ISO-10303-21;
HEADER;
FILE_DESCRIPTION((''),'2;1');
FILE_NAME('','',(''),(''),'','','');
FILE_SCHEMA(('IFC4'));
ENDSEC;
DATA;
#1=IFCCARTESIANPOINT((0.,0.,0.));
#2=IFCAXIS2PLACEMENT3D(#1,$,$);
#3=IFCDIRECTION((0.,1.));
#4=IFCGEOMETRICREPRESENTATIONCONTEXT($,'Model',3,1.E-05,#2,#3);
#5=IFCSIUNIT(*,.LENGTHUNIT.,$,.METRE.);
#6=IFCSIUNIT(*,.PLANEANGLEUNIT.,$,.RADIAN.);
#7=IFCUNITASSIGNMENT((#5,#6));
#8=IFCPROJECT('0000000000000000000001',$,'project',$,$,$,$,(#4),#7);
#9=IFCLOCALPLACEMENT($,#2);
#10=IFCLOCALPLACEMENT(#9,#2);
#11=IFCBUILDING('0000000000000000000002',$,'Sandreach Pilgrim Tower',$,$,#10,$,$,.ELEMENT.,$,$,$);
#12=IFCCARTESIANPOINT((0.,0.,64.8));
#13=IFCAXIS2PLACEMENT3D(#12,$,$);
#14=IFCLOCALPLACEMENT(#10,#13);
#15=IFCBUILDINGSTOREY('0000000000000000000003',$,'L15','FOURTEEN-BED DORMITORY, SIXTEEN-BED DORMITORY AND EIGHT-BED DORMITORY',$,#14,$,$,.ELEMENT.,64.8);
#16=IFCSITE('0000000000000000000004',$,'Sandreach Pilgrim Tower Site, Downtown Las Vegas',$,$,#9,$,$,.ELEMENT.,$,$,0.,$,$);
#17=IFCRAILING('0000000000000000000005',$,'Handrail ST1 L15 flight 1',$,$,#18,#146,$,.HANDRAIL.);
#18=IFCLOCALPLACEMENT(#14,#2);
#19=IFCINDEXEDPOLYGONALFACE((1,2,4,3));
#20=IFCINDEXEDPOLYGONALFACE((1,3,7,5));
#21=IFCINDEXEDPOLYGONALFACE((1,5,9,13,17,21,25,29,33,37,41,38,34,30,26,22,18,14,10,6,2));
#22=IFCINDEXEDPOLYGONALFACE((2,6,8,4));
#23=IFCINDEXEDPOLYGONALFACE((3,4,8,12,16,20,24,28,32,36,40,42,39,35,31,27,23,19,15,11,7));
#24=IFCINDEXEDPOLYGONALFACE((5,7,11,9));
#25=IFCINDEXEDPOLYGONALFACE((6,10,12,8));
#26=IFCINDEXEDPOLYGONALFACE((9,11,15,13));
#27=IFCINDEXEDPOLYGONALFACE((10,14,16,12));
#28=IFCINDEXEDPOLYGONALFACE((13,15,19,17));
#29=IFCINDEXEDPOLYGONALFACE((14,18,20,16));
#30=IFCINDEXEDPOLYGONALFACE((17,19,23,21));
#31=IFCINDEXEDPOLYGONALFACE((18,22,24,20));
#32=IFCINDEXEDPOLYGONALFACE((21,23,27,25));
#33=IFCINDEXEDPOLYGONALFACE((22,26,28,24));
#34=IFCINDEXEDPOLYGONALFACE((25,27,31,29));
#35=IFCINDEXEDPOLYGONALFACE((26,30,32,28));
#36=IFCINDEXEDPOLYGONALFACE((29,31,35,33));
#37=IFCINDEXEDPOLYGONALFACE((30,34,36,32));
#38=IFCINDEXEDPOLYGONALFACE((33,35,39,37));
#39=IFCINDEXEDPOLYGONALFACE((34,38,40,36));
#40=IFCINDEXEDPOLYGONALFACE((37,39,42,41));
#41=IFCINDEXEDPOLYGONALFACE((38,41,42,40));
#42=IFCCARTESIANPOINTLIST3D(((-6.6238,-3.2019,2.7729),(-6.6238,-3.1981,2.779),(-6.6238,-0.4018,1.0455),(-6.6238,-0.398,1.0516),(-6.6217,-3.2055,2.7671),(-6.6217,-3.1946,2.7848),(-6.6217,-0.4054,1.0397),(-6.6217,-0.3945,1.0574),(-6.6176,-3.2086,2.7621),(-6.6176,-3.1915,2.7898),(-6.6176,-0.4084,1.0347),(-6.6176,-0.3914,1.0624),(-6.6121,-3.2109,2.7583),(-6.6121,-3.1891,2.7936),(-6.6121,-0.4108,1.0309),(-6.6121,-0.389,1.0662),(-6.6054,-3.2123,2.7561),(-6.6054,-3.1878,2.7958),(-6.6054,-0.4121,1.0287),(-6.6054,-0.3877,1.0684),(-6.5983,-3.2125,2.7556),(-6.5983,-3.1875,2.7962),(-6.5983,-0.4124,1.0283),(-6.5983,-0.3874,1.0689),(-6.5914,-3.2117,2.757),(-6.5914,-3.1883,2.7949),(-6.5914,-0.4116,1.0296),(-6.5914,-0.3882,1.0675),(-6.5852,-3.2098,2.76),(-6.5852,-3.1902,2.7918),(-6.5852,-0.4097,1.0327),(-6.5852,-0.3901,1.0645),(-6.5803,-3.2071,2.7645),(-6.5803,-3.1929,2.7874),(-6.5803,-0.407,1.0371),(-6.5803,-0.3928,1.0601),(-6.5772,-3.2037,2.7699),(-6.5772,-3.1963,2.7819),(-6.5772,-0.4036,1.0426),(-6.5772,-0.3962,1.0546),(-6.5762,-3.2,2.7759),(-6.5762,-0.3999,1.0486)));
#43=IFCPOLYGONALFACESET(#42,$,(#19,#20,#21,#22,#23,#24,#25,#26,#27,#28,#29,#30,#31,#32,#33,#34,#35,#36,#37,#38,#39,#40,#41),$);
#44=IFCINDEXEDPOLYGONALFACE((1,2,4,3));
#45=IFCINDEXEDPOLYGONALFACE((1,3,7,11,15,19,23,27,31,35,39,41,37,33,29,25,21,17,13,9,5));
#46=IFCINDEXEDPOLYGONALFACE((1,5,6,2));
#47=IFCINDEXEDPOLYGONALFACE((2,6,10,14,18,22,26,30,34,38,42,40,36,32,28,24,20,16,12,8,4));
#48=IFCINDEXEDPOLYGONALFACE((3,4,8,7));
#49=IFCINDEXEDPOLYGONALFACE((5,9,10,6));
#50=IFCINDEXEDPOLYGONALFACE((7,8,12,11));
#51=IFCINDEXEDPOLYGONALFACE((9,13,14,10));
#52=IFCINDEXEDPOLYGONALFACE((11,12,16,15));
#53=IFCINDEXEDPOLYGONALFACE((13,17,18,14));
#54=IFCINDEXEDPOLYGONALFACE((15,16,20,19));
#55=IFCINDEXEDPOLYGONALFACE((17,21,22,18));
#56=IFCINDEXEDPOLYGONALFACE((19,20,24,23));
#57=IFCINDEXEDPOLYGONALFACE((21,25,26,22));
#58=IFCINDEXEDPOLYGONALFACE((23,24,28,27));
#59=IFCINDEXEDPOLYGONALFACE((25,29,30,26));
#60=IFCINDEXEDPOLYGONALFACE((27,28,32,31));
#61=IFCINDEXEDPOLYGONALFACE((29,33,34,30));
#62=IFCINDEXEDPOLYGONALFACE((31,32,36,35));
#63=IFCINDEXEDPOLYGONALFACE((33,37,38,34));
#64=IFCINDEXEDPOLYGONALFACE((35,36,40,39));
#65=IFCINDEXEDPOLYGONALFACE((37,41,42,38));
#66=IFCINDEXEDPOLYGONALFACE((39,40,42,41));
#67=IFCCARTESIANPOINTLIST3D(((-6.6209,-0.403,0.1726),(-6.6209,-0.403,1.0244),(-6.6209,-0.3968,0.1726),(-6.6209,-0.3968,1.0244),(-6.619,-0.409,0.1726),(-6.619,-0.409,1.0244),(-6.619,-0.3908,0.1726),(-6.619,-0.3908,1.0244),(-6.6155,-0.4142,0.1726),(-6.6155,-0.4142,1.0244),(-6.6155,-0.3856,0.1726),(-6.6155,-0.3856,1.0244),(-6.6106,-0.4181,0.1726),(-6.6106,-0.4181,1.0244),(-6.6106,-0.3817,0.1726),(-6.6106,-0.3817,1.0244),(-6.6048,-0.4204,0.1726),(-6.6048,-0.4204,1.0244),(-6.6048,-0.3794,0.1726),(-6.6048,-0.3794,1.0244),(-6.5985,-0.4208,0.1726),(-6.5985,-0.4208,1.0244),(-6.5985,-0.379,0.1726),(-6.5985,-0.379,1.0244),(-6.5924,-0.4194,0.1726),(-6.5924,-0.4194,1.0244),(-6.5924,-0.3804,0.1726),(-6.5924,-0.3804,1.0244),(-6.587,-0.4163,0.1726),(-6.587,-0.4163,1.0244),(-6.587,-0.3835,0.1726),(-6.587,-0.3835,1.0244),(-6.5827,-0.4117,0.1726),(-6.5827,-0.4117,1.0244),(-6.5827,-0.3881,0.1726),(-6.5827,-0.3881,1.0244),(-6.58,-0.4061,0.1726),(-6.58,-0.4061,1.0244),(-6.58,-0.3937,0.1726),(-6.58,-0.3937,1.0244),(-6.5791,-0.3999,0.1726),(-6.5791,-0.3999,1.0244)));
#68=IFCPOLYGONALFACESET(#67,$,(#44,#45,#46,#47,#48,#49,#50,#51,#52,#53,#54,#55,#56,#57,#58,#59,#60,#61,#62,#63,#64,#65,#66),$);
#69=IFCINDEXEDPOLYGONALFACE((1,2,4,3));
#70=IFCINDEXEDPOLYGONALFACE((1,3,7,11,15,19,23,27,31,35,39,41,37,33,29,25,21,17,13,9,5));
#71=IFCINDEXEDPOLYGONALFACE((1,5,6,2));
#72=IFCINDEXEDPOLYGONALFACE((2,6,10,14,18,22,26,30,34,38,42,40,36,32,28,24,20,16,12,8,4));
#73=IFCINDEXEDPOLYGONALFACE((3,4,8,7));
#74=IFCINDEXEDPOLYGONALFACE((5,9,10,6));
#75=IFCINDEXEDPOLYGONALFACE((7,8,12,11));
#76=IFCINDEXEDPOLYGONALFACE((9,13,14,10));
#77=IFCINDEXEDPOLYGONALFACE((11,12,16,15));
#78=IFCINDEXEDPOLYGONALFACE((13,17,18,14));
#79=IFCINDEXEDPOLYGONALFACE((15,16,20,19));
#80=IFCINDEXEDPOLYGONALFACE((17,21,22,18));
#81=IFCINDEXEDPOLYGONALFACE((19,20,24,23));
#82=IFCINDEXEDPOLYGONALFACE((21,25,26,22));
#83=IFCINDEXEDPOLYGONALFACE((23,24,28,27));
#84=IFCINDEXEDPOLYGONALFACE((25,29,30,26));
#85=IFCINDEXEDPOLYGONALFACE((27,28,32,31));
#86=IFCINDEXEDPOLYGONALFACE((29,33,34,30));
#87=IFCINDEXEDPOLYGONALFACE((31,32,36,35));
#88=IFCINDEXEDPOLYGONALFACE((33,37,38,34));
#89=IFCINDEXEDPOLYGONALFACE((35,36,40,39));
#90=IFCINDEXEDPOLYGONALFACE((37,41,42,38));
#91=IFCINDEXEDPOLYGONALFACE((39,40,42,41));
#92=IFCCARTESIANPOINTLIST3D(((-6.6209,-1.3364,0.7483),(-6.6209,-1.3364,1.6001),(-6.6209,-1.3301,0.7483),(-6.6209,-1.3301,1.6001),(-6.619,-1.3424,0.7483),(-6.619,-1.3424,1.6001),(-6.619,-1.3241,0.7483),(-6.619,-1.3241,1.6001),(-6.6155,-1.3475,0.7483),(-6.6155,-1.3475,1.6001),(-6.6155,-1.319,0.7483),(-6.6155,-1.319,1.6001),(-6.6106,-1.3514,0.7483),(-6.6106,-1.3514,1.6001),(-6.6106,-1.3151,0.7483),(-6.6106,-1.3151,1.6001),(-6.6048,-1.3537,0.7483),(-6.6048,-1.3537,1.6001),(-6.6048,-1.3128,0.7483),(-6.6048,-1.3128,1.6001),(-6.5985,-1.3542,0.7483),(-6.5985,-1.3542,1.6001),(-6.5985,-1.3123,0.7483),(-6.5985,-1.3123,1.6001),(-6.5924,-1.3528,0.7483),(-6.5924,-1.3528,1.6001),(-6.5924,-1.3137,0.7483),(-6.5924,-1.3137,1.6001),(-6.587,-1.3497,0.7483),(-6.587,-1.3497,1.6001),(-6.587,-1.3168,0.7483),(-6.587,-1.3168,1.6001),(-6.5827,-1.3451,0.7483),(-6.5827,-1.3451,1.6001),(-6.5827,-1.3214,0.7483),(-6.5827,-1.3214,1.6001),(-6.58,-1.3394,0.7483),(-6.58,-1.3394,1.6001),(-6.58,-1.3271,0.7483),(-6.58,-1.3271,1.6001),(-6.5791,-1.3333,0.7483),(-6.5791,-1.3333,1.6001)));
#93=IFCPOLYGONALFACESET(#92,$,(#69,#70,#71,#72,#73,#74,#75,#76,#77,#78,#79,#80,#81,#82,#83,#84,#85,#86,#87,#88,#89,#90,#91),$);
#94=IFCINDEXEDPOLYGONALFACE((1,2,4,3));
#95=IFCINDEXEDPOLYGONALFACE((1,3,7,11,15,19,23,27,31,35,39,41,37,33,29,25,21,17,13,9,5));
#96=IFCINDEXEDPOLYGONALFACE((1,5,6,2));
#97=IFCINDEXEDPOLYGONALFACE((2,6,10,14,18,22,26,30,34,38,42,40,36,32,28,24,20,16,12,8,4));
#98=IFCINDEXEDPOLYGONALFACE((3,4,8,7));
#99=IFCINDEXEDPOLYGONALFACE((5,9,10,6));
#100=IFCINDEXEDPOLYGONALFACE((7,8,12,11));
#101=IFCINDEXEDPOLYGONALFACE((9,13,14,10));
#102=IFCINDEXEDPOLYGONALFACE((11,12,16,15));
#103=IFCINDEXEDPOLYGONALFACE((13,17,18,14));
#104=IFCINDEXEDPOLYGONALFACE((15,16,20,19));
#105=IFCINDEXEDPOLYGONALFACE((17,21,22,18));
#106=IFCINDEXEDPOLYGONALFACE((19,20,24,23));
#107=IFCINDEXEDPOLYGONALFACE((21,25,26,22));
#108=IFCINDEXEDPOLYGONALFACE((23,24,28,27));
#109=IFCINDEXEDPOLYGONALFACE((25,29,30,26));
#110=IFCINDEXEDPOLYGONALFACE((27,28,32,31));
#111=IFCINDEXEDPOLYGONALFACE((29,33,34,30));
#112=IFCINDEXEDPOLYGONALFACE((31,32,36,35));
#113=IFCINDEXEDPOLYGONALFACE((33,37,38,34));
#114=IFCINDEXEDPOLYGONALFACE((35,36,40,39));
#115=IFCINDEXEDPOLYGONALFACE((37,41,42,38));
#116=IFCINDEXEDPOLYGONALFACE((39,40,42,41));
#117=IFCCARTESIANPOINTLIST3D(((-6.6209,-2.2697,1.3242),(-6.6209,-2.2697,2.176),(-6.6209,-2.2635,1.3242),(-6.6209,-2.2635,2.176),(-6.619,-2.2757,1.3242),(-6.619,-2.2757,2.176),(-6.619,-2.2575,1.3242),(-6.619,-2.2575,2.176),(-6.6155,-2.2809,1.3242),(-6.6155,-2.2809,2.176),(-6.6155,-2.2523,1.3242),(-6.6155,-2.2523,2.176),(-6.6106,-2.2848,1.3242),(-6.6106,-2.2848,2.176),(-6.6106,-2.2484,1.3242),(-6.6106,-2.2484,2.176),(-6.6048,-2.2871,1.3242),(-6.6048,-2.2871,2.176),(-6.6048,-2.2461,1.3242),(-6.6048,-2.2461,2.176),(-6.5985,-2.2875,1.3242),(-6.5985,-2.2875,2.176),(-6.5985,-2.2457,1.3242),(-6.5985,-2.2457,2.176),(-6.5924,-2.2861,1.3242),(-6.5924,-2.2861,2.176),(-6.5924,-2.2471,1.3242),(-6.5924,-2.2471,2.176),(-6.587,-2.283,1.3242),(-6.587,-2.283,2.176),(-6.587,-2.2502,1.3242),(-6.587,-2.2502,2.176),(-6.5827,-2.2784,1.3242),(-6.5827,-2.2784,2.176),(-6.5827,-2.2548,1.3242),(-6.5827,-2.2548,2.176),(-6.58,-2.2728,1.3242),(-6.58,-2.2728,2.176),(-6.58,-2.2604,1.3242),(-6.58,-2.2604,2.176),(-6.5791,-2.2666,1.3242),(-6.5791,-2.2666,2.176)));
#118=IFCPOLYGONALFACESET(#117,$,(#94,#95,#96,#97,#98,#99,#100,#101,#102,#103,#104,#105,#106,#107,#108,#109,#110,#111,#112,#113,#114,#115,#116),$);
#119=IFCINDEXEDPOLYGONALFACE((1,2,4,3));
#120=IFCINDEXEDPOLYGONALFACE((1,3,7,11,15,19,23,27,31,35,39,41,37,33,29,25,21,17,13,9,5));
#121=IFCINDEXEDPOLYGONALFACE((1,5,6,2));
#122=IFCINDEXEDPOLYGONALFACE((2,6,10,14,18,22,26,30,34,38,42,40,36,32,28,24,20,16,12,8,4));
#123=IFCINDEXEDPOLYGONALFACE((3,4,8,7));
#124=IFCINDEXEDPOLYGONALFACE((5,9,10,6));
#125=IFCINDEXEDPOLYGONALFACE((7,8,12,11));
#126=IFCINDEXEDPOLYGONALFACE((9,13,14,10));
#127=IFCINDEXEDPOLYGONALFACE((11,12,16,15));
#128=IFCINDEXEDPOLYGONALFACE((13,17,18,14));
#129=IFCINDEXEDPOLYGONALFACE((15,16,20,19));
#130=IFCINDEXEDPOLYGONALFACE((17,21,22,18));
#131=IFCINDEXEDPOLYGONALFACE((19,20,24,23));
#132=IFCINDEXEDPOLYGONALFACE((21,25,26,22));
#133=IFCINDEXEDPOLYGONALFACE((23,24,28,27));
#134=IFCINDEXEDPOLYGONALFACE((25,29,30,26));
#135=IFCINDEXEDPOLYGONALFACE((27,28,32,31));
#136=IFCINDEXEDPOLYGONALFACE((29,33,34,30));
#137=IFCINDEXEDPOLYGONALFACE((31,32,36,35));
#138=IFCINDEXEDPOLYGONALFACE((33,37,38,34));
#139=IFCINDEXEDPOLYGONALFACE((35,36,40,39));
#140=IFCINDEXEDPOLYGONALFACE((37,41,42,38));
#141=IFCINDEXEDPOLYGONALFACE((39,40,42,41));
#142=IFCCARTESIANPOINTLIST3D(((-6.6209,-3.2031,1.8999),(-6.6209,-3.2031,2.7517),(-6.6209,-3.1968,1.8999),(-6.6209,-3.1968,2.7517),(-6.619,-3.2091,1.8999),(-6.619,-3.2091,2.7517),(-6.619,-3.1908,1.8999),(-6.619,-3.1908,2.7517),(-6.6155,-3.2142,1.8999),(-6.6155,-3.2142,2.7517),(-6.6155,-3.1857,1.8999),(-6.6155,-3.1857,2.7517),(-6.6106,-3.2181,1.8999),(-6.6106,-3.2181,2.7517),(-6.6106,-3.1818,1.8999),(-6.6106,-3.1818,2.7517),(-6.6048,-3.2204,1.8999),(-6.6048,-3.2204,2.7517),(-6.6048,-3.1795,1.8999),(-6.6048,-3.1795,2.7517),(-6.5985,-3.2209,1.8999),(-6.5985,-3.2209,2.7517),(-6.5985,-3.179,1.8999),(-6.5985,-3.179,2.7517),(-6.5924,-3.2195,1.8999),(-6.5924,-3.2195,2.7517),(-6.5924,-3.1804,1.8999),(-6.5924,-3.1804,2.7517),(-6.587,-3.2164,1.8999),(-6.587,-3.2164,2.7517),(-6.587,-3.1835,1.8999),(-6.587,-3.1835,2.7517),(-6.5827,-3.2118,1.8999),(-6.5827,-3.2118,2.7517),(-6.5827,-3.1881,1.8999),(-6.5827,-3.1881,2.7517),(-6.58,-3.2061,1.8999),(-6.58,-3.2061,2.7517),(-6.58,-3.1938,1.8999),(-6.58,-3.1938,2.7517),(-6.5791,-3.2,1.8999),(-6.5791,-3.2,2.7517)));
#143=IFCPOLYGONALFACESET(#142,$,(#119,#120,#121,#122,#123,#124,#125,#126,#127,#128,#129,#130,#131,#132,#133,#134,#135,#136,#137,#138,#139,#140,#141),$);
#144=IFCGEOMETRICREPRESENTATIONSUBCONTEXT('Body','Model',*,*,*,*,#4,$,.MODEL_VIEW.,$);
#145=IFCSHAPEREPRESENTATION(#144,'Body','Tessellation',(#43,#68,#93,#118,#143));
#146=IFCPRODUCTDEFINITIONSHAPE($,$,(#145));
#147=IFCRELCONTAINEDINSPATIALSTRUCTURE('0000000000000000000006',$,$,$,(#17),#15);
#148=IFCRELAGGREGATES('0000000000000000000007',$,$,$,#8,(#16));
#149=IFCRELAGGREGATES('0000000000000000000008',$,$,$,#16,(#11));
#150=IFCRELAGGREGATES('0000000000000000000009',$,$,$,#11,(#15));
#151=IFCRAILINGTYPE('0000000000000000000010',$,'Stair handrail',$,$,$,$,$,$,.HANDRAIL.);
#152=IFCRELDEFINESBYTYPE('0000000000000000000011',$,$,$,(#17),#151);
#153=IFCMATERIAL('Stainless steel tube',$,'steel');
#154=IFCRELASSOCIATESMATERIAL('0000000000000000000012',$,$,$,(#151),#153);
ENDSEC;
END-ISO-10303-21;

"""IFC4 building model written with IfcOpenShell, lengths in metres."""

from ifc_helpers import new_model, si_unit, direction, frame, origin, origin_2d, place, context, subcontext, project, spatial, circle, extrude, material, type_object, element, save


model = new_model("IFC4")

# Units and contexts
model_context = context("Model", 3, precision=1e-05, world=origin(), true_north=direction((0.0, 1.0)))
body_context = subcontext(model_context, "Body", "Model", "MODEL_VIEW")
ifc_project = project(units=[si_unit("LENGTHUNIT", "METRE"), si_unit("PLANEANGLEUNIT", "RADIAN")], contexts=[model_context])

# Site, building, storey
site_placement = place(None, origin())
site = spatial("IfcSite", under=ifc_project, at=site_placement, Name="Sandreach Pilgrim Tower Site, Downtown Las Vegas", CompositionType="ELEMENT", RefElevation=0.0)
building_placement = place(site_placement, origin())
building = spatial("IfcBuilding", under=site, at=building_placement, Name="Sandreach Pilgrim Tower", CompositionType="ELEMENT")
storey_placement = place(building_placement, frame((0.0, 0.0, 64.8)))
storey = spatial("IfcBuildingStorey", under=building, at=storey_placement, Name="L15", Description="FOURTEEN-BED DORMITORY, SIXTEEN-BED DORMITORY AND EIGHT-BED DORMITORY", CompositionType="ELEMENT", Elevation=64.8)

# Railing
ifc_material_1 = material(Name="Stainless steel tube", Category="steel")
railing_type = type_object("IfcRailingType", Name="Stair handrail", PredefinedType="HANDRAIL", material=ifc_material_1)
railing_placement = place(storey_placement, frame((-6.6001, -0.3999, 0.1726)))
element("IfcRailing", 1, at=railing_placement, inside=storey, type_object=railing_type, Name="Handrail ST1 L15 flight 1", PredefinedType="HANDRAIL", context=body_context, shape_type="SweptSolid", body=[
    extrude(circle(Radius=0.0239, at=origin_2d()), frame((0.0, 0.0, 0.876), z_axis=(0.0, -0.85109, 0.52502), x_axis=(1.0, 0.0, 0.0)), (0.0, 0.0, 1.0), 3.29),
    extrude(circle(Radius=0.021, at=origin_2d()), origin(), (0.0, 0.0, 1.0), 0.8518),
    extrude(circle(Radius=0.021, at=origin_2d()), frame((0.0, -0.9333, 0.5757)), (0.0, 0.0, 1.0), 0.8518),
    extrude(circle(Radius=0.021, at=origin_2d()), frame((0.0, -1.8667, 1.1516)), (0.0, 0.0, 1.0), 0.8518),
    extrude(circle(Radius=0.021, at=origin_2d()), frame((0.0, -2.8, 1.7273)), (0.0, 0.0, 1.0), 0.8518),
])

save(model, "model.ifc")
